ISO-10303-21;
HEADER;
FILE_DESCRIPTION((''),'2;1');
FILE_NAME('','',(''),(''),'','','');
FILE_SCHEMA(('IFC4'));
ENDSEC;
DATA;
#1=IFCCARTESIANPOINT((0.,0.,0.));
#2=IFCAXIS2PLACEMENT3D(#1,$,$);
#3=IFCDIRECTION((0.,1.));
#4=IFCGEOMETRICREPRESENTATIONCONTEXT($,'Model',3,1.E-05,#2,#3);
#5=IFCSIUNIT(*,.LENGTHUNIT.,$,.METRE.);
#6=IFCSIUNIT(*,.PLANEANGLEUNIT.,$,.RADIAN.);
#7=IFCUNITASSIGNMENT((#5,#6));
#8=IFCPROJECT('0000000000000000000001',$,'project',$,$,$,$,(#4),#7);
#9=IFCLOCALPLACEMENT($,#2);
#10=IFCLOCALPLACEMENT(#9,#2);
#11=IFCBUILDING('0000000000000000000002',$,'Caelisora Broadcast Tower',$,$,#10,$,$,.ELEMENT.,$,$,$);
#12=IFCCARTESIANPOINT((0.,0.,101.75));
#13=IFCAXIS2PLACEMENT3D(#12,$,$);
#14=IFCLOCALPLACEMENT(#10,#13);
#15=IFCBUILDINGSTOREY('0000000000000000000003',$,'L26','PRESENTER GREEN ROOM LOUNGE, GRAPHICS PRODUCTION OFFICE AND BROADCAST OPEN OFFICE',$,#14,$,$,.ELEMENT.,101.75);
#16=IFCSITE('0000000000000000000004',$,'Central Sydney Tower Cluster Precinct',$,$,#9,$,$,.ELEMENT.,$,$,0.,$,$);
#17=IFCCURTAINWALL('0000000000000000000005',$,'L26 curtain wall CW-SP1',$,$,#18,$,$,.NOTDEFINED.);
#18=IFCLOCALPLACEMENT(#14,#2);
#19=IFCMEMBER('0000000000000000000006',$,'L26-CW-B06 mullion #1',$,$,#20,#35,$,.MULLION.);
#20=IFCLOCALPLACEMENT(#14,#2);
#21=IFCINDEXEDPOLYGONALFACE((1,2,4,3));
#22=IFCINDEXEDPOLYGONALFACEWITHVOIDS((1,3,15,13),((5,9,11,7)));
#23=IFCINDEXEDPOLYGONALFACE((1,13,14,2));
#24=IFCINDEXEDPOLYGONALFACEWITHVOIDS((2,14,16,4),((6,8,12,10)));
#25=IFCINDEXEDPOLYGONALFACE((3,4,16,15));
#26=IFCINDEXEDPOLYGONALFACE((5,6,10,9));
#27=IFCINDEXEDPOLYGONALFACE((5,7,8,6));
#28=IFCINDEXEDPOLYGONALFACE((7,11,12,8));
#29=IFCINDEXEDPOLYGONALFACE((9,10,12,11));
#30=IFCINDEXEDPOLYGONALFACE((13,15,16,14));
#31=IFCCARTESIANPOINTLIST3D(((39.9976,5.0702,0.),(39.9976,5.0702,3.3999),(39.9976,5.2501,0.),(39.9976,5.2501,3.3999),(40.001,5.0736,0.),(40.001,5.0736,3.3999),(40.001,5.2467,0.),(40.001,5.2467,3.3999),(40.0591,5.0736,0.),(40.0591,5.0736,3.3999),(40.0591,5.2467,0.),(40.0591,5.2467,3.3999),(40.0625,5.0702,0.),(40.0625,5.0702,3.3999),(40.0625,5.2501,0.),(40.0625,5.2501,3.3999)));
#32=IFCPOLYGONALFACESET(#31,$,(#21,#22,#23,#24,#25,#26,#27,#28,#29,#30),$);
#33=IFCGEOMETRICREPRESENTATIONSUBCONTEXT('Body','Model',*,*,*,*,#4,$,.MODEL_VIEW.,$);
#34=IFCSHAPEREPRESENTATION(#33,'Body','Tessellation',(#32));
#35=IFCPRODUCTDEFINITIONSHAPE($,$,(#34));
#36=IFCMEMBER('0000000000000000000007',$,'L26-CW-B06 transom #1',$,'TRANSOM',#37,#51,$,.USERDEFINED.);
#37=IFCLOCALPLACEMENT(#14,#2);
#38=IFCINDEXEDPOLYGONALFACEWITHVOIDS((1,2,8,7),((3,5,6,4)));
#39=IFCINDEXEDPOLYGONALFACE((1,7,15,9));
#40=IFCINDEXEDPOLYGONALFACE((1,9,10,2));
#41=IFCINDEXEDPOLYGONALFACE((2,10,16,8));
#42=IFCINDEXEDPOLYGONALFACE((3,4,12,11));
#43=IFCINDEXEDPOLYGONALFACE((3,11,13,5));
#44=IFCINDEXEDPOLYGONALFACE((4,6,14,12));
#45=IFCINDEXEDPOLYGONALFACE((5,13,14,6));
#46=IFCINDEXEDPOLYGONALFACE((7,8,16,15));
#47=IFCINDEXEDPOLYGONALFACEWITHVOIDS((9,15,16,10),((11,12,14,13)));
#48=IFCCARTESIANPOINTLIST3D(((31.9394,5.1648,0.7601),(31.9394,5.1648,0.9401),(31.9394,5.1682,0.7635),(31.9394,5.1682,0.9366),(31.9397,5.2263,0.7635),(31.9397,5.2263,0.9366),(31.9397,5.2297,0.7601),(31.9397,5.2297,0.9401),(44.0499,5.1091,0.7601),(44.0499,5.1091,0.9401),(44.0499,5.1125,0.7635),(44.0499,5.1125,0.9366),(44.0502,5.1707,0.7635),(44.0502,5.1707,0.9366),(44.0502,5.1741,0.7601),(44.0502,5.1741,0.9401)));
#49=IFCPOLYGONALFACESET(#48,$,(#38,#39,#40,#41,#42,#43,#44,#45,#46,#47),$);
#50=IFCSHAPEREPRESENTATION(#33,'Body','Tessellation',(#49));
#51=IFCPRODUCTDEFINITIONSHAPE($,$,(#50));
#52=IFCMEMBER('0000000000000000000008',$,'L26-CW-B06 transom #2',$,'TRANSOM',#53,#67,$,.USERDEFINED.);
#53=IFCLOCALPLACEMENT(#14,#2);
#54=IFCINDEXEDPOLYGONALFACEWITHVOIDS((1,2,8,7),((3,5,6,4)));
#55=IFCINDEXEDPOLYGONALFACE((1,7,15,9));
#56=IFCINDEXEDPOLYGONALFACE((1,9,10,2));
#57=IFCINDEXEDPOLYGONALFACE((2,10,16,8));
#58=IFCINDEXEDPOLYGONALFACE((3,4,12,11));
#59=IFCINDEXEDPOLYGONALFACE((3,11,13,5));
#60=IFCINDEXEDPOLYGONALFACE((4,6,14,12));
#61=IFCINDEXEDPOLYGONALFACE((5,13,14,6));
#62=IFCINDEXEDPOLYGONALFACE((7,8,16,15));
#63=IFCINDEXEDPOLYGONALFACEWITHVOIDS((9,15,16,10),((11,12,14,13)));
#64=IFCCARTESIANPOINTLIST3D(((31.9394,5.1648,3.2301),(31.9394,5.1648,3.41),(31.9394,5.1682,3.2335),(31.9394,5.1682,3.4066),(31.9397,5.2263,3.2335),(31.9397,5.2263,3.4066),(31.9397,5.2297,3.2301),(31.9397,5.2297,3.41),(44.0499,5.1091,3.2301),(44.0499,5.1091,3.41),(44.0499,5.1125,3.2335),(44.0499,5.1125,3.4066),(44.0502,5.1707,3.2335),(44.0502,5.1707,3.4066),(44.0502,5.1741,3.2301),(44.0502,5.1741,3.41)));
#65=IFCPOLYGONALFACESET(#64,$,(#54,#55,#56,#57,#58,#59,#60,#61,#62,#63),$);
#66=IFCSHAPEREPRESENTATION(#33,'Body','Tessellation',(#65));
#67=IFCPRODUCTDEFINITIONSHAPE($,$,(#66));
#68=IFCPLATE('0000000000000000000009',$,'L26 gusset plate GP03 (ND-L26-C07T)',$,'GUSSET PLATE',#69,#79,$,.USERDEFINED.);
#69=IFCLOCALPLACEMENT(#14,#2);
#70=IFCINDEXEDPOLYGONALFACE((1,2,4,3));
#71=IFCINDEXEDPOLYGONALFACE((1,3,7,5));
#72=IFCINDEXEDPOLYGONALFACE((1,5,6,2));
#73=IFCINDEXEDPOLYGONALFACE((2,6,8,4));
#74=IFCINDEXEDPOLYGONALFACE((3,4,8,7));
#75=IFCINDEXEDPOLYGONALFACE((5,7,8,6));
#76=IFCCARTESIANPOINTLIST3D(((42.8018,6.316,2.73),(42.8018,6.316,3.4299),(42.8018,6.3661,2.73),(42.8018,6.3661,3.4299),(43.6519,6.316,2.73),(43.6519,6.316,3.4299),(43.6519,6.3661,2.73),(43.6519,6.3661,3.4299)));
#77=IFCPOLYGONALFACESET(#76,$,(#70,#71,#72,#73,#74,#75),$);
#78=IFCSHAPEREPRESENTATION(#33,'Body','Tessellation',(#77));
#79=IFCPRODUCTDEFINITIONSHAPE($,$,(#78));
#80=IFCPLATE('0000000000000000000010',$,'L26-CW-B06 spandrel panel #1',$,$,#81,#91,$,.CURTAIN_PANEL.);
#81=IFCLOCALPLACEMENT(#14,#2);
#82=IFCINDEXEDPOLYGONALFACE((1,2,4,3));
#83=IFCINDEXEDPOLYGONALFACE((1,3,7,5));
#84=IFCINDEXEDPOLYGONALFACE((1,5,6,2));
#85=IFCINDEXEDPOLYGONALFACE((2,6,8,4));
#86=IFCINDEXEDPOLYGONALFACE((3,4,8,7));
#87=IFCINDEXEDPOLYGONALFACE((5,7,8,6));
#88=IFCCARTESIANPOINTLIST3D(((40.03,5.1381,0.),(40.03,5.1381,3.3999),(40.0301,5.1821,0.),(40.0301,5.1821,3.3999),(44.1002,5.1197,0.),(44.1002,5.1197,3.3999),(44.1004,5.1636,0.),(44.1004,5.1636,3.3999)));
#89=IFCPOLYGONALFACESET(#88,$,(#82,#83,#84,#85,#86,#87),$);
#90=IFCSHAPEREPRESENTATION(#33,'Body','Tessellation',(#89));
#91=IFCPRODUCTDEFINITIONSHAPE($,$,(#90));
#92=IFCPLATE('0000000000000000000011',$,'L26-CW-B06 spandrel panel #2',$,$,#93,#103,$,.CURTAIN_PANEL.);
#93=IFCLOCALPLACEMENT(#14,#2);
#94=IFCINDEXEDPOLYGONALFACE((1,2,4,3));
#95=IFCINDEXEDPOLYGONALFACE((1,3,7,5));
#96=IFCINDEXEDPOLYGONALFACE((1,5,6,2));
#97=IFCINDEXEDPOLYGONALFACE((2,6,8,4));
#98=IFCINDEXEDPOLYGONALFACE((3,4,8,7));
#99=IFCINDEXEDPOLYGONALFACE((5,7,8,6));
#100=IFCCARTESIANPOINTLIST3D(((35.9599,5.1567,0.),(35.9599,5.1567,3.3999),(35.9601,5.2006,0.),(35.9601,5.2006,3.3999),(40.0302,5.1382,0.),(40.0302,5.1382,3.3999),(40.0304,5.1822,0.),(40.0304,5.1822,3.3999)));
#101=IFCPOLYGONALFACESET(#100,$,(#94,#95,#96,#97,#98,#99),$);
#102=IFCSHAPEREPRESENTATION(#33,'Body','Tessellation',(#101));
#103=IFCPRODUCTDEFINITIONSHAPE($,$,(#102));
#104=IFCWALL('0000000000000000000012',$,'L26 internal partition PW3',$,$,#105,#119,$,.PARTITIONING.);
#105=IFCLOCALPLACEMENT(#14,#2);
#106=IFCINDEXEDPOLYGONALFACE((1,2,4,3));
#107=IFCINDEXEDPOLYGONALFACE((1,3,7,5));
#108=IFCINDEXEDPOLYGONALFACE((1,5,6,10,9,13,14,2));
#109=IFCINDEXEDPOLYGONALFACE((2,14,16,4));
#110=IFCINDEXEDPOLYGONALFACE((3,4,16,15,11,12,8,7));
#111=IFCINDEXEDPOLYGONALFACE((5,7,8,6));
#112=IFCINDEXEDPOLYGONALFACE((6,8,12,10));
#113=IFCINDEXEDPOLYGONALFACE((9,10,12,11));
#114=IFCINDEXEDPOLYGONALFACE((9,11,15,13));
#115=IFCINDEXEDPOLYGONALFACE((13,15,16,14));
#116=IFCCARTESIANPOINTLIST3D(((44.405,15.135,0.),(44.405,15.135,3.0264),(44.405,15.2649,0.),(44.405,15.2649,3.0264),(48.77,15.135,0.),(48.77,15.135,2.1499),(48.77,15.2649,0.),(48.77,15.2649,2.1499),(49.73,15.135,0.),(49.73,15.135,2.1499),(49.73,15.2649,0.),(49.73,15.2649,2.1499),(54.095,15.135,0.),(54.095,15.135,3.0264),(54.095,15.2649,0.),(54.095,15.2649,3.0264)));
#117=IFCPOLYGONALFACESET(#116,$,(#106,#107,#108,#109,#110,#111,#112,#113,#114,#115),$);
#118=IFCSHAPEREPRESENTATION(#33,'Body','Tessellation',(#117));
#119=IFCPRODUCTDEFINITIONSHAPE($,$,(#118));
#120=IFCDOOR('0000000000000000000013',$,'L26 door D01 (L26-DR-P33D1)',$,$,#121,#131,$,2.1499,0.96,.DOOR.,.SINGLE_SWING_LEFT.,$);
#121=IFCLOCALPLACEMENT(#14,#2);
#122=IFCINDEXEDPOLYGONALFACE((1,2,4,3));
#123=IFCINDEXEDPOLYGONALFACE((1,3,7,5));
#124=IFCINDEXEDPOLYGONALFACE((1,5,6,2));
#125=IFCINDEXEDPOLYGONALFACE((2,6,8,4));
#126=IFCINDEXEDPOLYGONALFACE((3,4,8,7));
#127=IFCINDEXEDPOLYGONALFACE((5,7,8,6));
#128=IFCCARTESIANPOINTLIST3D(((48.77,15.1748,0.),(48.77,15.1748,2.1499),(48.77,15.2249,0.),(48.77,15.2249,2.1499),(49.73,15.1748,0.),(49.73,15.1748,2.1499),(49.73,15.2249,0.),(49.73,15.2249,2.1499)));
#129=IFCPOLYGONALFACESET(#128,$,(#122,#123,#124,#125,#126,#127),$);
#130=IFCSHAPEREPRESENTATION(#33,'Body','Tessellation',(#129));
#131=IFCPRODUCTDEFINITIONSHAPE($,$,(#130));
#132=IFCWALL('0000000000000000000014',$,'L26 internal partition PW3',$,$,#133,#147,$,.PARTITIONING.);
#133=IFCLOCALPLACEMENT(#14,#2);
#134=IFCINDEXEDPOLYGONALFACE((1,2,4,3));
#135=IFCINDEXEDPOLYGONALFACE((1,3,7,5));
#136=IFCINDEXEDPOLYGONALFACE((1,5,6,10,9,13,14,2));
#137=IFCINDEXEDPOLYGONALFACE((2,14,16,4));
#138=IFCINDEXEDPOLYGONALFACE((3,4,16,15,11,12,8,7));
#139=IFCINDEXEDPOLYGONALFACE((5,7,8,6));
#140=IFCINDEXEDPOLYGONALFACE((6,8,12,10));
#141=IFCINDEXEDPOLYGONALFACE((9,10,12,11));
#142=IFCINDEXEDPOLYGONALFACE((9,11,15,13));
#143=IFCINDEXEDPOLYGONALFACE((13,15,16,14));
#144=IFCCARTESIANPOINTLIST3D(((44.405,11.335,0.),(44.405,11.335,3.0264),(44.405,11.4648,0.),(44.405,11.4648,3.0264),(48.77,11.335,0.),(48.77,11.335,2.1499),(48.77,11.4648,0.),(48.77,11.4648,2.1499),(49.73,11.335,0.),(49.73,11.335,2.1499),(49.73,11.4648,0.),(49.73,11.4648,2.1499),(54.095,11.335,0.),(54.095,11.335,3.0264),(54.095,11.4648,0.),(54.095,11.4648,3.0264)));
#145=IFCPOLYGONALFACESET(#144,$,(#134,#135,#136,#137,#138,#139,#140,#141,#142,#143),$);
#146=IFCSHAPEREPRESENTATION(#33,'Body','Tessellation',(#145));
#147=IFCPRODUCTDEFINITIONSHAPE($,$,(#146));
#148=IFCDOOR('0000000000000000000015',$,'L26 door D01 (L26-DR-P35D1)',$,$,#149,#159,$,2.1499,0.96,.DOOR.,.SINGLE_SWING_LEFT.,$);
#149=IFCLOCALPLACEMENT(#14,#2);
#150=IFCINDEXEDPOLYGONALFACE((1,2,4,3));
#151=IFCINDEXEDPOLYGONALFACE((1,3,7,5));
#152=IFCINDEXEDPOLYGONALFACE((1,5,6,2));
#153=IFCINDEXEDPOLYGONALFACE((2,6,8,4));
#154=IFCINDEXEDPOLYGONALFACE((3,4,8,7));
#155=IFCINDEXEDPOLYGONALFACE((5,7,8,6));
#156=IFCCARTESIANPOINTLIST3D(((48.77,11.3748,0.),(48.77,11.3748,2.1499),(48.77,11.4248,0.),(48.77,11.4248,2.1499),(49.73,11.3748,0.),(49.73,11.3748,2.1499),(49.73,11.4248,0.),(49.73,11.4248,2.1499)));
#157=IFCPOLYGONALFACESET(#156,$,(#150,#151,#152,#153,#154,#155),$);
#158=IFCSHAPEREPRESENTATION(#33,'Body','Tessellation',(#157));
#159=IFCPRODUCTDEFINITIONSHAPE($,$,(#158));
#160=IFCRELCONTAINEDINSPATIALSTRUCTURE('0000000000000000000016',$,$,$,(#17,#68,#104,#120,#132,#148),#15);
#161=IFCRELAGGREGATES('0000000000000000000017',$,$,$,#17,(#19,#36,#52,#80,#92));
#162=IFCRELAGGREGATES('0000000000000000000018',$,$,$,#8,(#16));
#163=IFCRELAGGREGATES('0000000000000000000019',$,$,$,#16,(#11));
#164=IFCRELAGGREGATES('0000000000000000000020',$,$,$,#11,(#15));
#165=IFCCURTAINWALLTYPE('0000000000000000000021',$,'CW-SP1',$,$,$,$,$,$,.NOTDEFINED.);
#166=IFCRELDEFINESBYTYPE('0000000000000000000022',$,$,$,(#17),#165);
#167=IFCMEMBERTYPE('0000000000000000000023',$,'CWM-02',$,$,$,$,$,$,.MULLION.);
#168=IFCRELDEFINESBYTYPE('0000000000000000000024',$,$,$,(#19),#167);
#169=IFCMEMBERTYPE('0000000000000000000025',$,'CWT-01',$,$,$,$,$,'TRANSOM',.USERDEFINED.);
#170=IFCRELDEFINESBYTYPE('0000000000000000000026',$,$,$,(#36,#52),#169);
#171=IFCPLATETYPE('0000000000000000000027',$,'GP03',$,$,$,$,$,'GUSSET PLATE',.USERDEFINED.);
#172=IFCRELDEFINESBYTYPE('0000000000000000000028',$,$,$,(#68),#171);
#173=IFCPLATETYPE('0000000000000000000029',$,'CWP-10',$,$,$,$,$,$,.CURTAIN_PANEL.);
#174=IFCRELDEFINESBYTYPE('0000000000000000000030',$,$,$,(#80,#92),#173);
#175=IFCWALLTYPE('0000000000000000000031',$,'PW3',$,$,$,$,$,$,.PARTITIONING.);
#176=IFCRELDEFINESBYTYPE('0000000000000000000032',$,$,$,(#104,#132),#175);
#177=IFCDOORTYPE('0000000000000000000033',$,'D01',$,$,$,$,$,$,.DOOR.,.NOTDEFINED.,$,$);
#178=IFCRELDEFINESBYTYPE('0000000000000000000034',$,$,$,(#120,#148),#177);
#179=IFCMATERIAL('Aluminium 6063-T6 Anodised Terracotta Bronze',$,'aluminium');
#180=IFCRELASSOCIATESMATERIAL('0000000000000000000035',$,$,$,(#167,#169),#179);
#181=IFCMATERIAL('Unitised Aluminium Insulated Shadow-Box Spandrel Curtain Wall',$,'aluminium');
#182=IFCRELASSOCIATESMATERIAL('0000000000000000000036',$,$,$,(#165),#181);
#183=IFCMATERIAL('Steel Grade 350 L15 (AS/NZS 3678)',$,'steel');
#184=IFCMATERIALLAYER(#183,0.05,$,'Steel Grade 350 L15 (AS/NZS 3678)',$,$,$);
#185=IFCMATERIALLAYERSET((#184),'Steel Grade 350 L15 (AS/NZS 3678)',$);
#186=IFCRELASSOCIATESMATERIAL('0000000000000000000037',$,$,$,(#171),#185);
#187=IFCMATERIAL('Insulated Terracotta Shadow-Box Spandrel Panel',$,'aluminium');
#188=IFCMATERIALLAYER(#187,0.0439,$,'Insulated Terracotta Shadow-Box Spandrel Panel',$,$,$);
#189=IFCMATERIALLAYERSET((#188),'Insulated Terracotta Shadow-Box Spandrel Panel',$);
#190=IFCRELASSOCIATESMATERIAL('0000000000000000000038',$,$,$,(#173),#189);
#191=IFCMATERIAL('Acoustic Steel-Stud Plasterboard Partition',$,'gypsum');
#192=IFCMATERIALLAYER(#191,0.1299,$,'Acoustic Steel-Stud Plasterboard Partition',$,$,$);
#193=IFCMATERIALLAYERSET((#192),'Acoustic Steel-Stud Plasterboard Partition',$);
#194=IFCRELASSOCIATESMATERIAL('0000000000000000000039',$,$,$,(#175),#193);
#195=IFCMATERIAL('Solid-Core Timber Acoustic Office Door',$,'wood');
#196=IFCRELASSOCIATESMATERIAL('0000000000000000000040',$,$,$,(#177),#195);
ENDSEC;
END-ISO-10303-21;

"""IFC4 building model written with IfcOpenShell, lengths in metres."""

from ifc_helpers import new_model, si_unit, direction, frame, frame_2d, origin, origin_2d, place, context, subcontext, project, spatial, rectangle, hollow_rectangle, extrude, source, transform, mapped, material, layer, layer_set, material_profile, profile_set, type_object, type_shapes, element, fill, aggregate, save


model = new_model("IFC4")

# Units and contexts
model_context = context("Model", 3, precision=1e-05, world=origin(), true_north=direction((0.0, 1.0)))
body_context = subcontext(model_context, "Body", "Model", "MODEL_VIEW")
ifc_project = project(units=[si_unit("LENGTHUNIT", "METRE"), si_unit("PLANEANGLEUNIT", "RADIAN")], contexts=[model_context])

# Site, building, storey
site_placement = place(None, origin())
site = spatial("IfcSite", under=ifc_project, at=site_placement, Name="Central Sydney Tower Cluster Precinct", CompositionType="ELEMENT", RefElevation=0.0)
building_placement = place(site_placement, origin())
building = spatial("IfcBuilding", under=site, at=building_placement, Name="Caelisora Broadcast Tower", CompositionType="ELEMENT")
storey_placement = place(building_placement, frame((0.0, 0.0, 101.75)))
storey = spatial("IfcBuildingStorey", under=building, at=storey_placement, Name="L26", Description="PRESENTER GREEN ROOM LOUNGE, GRAPHICS PRODUCTION OFFICE AND BROADCAST OPEN OFFICE", CompositionType="ELEMENT", Elevation=101.75)

# Shared definitions
ifc_material_1 = material(Name="Steel Grade 350 L15 (AS/NZS 3678)", Category="steel")

# Shared definitions
ifc_material_2 = material(Name="Aluminium 6063-T6 Anodised Terracotta Bronze", Category="aluminium")
ifc_material_profile_1 = material_profile(ifc_material_2, hollow_rectangle(XDim=0.0649, YDim=0.1799, WallThickness=0.0034, at=origin_2d()), Name="Aluminium 6063-T6 Anodised Terracotta Bronze")
ifc_profile_set_1 = profile_set([ifc_material_profile_1], Name="Aluminium 6063-T6 Anodised Terracotta Bronze")
member_type_1 = type_object("IfcMemberType", Name="CWM-02", PredefinedType="MULLION", material=ifc_profile_set_1)
shared_shape_1 = source(origin(), body_context, "Body", "SweptSolid", [
    extrude(hollow_rectangle(XDim=0.0649, YDim=0.1799, WallThickness=0.0034, at=origin_2d()), origin(), (0.0, 0.0, 1.0), 3.3999),
])
type_shapes(member_type_1, [shared_shape_1])

# Curtain wall, members
ifc_material_3 = material(Name="Unitised Aluminium Insulated Shadow-Box Spandrel Curtain Wall", Category="aluminium")
curtain_wall_type_1 = type_object("IfcCurtainWallType", Name="CW-SP1", PredefinedType="NOTDEFINED", material=ifc_material_3)
curtain_wall_1_placement = place(storey_placement, origin())
curtain_wall_1 = element("IfcCurtainWall", 1, at=curtain_wall_1_placement, inside=storey, type_object=curtain_wall_type_1, Name="L26 curtain wall CW-SP1", PredefinedType="NOTDEFINED")
member_1_placement = place(storey_placement, frame((40.03, 5.1602, 0.0), z_axis=(0.0, 0.0, 1.0), x_axis=(1.0, 0.0, 0.0)))
member_1 = element("IfcMember", 2, at=member_1_placement, type_object=member_type_1, Name="L26-CW-B06 mullion #1", PredefinedType="MULLION", context=body_context, shape_type="MappedRepresentation", body=[
    mapped(shared_shape_1, transform((0.0, 0.0, 0.0), scale=1.0)),
])
ifc_material_profile_2 = material_profile(ifc_material_2, hollow_rectangle(XDim=0.0649, YDim=0.1799, WallThickness=0.0034, at=origin_2d()), Name="Aluminium 6063-T6 Anodised Terracotta Bronze")
ifc_profile_set_2 = profile_set([ifc_material_profile_2], Name="Aluminium 6063-T6 Anodised Terracotta Bronze")
member_type_2 = type_object("IfcMemberType", Name="CWT-01", ElementType="TRANSOM", PredefinedType="USERDEFINED", material=ifc_profile_set_2)
shared_shape_2 = source(origin(), body_context, "Body", "SweptSolid", [
    extrude(hollow_rectangle(XDim=0.0649, YDim=0.1799, WallThickness=0.0034, at=origin_2d()), origin(), (0.0, 0.0, 1.0), 12.1106),
])
type_shapes(member_type_2, [shared_shape_2])
member_2_placement = place(storey_placement, frame((44.05, 5.1416, 0.8501), z_axis=(-0.999989, 0.004596, 0.0), x_axis=(-0.004596, -0.999989, 0.0)))
member_2 = element("IfcMember", 3, at=member_2_placement, type_object=member_type_2, Name="L26-CW-B06 transom #1", ObjectType="TRANSOM", PredefinedType="USERDEFINED", context=body_context, shape_type="MappedRepresentation", body=[
    mapped(shared_shape_2, transform((0.0, 0.0, 0.0), scale=1.0)),
])
member_3_placement = place(storey_placement, frame((44.05, 5.1416, 3.3201), z_axis=(-0.999989, 0.004596, 0.0), x_axis=(-0.004596, -0.999989, 0.0)))
member_3 = element("IfcMember", 4, at=member_3_placement, type_object=member_type_2, Name="L26-CW-B06 transom #2", ObjectType="TRANSOM", PredefinedType="USERDEFINED", context=body_context, shape_type="MappedRepresentation", body=[
    mapped(shared_shape_2, transform((0.0, 0.0, 0.0), scale=1.0)),
])

# Plates
ifc_layer_1 = layer(ifc_material_1, 0.05, Name="Steel Grade 350 L15 (AS/NZS 3678)")
ifc_layer_set_1 = layer_set([ifc_layer_1], Name="Steel Grade 350 L15 (AS/NZS 3678)")
plate_type_1 = type_object("IfcPlateType", Name="GP03", ElementType="GUSSET PLATE", PredefinedType="USERDEFINED", material=ifc_layer_set_1)
shared_shape_3 = source(origin(), body_context, "Body", "SweptSolid", [
    extrude(rectangle(XDim=0.8501, YDim=0.05, at=origin_2d()), origin(), (0.0, 0.0, 1.0), 0.7),
])
type_shapes(plate_type_1, [shared_shape_3])
plate_1_placement = place(storey_placement, frame((43.2268, 6.3411, 2.73), z_axis=(0.0, 0.0, 1.0), x_axis=(1.0, 0.0, 0.0)))
element("IfcPlate", 5, at=plate_1_placement, inside=storey, type_object=plate_type_1, Name="L26 gusset plate GP03 (ND-L26-C07T)", ObjectType="GUSSET PLATE", PredefinedType="USERDEFINED", context=body_context, shape_type="MappedRepresentation", body=[
    mapped(shared_shape_3, transform((0.0, 0.0, 0.0), scale=1.0)),
])
ifc_material_4 = material(Name="Insulated Terracotta Shadow-Box Spandrel Panel", Category="aluminium")
ifc_layer_2 = layer(ifc_material_4, 0.0439, Name="Insulated Terracotta Shadow-Box Spandrel Panel")
ifc_layer_set_2 = layer_set([ifc_layer_2], Name="Insulated Terracotta Shadow-Box Spandrel Panel")
plate_type_2 = type_object("IfcPlateType", Name="CWP-10", PredefinedType="CURTAIN_PANEL", material=ifc_layer_set_2)
shared_shape_4 = source(origin(), body_context, "Body", "SweptSolid", [
    extrude(rectangle(XDim=4.0703, YDim=0.0439, at=origin_2d()), origin(), (0.0, 0.0, 1.0), 3.3999),
])
type_shapes(plate_type_2, [shared_shape_4])
plate_2_placement = place(storey_placement, frame((42.0652, 5.1509, 0.0), z_axis=(0.0, 0.0, 1.0), x_axis=(-0.99999, 0.004538, 0.0)))
plate_2 = element("IfcPlate", 6, at=plate_2_placement, type_object=plate_type_2, Name="L26-CW-B06 spandrel panel #1", PredefinedType="CURTAIN_PANEL", context=body_context, shape_type="MappedRepresentation", body=[
    mapped(shared_shape_4, transform((0.0, 0.0, 0.0), scale=1.0)),
])
plate_3_placement = place(storey_placement, frame((37.9951, 5.1694, 0.0), z_axis=(0.0, 0.0, 1.0), x_axis=(-0.99999, 0.004538, 0.0)))
plate_3 = element("IfcPlate", 7, at=plate_3_placement, type_object=plate_type_2, Name="L26-CW-B06 spandrel panel #2", PredefinedType="CURTAIN_PANEL", context=body_context, shape_type="MappedRepresentation", body=[
    mapped(shared_shape_4, transform((0.0, 0.0, 0.0), scale=1.0)),
])
aggregate(curtain_wall_1, [member_1, member_2, member_3, plate_2, plate_3])

# Walls, openings, doors
ifc_material_5 = material(Name="Acoustic Steel-Stud Plasterboard Partition", Category="gypsum")
ifc_layer_3 = layer(ifc_material_5, 0.1299, Name="Acoustic Steel-Stud Plasterboard Partition")
ifc_layer_set_3 = layer_set([ifc_layer_3], Name="Acoustic Steel-Stud Plasterboard Partition")
wall_type_1 = type_object("IfcWallType", Name="PW3", PredefinedType="PARTITIONING", material=ifc_layer_set_3)
wall_1_placement = place(storey_placement, frame((44.405, 15.2, 0.0), z_axis=(0.0, 0.0, 1.0), x_axis=(1.0, 0.0, 0.0)))
wall_1 = element("IfcWall", 8, at=wall_1_placement, inside=storey, type_object=wall_type_1, Name="L26 internal partition PW3", PredefinedType="PARTITIONING", context=body_context, shape_type="SweptSolid", body=[
    extrude(rectangle(XDim=9.6899, YDim=0.1299, at=frame_2d((4.845, 0.0))), origin(), (0.0, 0.0, 1.0), 3.0264),
])
opening_1_placement = place(wall_1_placement, frame((4.365, 0.0, 0.0)))
opening_1 = element("IfcOpeningElement", 9, at=opening_1_placement, cuts=wall_1, PredefinedType="OPENING", context=body_context, shape_type="SweptSolid", body=[
    extrude(rectangle(XDim=0.96, YDim=2.1499, at=frame_2d((0.48, 1.075))), frame((0.0, 0.0769, 0.0), z_axis=(0.0, -1.0, 0.0), x_axis=(1.0, 0.0, 0.0)), (0.0, 0.0, 1.0), 0.1538),
])
ifc_material_6 = material(Name="Solid-Core Timber Acoustic Office Door", Category="wood")
door_type_1 = type_object("IfcDoorType", Name="D01", OperationType="NOTDEFINED", PredefinedType="DOOR", material=ifc_material_6)
door_1_placement = place(opening_1_placement, origin())
door_1 = element("IfcDoor", 10, at=door_1_placement, inside=storey, type_object=door_type_1, Name="L26 door D01 (L26-DR-P33D1)", OperationType="SINGLE_SWING_LEFT", OverallHeight=2.1499, OverallWidth=0.96, PredefinedType="DOOR", context=body_context, shape_type="SweptSolid", body=[
    extrude(rectangle(XDim=0.96, YDim=2.1499, at=frame_2d((0.48, 1.075))), frame((0.0, 0.0249, 0.0), z_axis=(0.0, -1.0, 0.0), x_axis=(1.0, 0.0, 0.0)), (0.0, 0.0, 1.0), 0.05),
])
fill(opening_1, door_1)
wall_2_placement = place(storey_placement, frame((44.405, 11.3999, 0.0), z_axis=(0.0, 0.0, 1.0), x_axis=(1.0, 0.0, 0.0)))
wall_2 = element("IfcWall", 11, at=wall_2_placement, inside=storey, type_object=wall_type_1, Name="L26 internal partition PW3", PredefinedType="PARTITIONING", context=body_context, shape_type="SweptSolid", body=[
    extrude(rectangle(XDim=9.6899, YDim=0.1299, at=frame_2d((4.845, 0.0))), origin(), (0.0, 0.0, 1.0), 3.0264),
])
opening_2_placement = place(wall_2_placement, frame((4.365, 0.0, 0.0)))
opening_2 = element("IfcOpeningElement", 12, at=opening_2_placement, cuts=wall_2, PredefinedType="OPENING", context=body_context, shape_type="SweptSolid", body=[
    extrude(rectangle(XDim=0.96, YDim=2.1499, at=frame_2d((0.48, 1.075))), frame((0.0, 0.0769, 0.0), z_axis=(0.0, -1.0, 0.0), x_axis=(1.0, 0.0, 0.0)), (0.0, 0.0, 1.0), 0.1538),
])
door_2_placement = place(opening_2_placement, origin())
door_2 = element("IfcDoor", 13, at=door_2_placement, inside=storey, type_object=door_type_1, Name="L26 door D01 (L26-DR-P35D1)", OperationType="SINGLE_SWING_LEFT", OverallHeight=2.1499, OverallWidth=0.96, PredefinedType="DOOR", context=body_context, shape_type="SweptSolid", body=[
    extrude(rectangle(XDim=0.96, YDim=2.1499, at=frame_2d((0.48, 1.075))), frame((0.0, 0.0249, 0.0), z_axis=(0.0, -1.0, 0.0), x_axis=(1.0, 0.0, 0.0)), (0.0, 0.0, 1.0), 0.05),
])
fill(opening_2, door_2)

save(model, "model.ifc")
